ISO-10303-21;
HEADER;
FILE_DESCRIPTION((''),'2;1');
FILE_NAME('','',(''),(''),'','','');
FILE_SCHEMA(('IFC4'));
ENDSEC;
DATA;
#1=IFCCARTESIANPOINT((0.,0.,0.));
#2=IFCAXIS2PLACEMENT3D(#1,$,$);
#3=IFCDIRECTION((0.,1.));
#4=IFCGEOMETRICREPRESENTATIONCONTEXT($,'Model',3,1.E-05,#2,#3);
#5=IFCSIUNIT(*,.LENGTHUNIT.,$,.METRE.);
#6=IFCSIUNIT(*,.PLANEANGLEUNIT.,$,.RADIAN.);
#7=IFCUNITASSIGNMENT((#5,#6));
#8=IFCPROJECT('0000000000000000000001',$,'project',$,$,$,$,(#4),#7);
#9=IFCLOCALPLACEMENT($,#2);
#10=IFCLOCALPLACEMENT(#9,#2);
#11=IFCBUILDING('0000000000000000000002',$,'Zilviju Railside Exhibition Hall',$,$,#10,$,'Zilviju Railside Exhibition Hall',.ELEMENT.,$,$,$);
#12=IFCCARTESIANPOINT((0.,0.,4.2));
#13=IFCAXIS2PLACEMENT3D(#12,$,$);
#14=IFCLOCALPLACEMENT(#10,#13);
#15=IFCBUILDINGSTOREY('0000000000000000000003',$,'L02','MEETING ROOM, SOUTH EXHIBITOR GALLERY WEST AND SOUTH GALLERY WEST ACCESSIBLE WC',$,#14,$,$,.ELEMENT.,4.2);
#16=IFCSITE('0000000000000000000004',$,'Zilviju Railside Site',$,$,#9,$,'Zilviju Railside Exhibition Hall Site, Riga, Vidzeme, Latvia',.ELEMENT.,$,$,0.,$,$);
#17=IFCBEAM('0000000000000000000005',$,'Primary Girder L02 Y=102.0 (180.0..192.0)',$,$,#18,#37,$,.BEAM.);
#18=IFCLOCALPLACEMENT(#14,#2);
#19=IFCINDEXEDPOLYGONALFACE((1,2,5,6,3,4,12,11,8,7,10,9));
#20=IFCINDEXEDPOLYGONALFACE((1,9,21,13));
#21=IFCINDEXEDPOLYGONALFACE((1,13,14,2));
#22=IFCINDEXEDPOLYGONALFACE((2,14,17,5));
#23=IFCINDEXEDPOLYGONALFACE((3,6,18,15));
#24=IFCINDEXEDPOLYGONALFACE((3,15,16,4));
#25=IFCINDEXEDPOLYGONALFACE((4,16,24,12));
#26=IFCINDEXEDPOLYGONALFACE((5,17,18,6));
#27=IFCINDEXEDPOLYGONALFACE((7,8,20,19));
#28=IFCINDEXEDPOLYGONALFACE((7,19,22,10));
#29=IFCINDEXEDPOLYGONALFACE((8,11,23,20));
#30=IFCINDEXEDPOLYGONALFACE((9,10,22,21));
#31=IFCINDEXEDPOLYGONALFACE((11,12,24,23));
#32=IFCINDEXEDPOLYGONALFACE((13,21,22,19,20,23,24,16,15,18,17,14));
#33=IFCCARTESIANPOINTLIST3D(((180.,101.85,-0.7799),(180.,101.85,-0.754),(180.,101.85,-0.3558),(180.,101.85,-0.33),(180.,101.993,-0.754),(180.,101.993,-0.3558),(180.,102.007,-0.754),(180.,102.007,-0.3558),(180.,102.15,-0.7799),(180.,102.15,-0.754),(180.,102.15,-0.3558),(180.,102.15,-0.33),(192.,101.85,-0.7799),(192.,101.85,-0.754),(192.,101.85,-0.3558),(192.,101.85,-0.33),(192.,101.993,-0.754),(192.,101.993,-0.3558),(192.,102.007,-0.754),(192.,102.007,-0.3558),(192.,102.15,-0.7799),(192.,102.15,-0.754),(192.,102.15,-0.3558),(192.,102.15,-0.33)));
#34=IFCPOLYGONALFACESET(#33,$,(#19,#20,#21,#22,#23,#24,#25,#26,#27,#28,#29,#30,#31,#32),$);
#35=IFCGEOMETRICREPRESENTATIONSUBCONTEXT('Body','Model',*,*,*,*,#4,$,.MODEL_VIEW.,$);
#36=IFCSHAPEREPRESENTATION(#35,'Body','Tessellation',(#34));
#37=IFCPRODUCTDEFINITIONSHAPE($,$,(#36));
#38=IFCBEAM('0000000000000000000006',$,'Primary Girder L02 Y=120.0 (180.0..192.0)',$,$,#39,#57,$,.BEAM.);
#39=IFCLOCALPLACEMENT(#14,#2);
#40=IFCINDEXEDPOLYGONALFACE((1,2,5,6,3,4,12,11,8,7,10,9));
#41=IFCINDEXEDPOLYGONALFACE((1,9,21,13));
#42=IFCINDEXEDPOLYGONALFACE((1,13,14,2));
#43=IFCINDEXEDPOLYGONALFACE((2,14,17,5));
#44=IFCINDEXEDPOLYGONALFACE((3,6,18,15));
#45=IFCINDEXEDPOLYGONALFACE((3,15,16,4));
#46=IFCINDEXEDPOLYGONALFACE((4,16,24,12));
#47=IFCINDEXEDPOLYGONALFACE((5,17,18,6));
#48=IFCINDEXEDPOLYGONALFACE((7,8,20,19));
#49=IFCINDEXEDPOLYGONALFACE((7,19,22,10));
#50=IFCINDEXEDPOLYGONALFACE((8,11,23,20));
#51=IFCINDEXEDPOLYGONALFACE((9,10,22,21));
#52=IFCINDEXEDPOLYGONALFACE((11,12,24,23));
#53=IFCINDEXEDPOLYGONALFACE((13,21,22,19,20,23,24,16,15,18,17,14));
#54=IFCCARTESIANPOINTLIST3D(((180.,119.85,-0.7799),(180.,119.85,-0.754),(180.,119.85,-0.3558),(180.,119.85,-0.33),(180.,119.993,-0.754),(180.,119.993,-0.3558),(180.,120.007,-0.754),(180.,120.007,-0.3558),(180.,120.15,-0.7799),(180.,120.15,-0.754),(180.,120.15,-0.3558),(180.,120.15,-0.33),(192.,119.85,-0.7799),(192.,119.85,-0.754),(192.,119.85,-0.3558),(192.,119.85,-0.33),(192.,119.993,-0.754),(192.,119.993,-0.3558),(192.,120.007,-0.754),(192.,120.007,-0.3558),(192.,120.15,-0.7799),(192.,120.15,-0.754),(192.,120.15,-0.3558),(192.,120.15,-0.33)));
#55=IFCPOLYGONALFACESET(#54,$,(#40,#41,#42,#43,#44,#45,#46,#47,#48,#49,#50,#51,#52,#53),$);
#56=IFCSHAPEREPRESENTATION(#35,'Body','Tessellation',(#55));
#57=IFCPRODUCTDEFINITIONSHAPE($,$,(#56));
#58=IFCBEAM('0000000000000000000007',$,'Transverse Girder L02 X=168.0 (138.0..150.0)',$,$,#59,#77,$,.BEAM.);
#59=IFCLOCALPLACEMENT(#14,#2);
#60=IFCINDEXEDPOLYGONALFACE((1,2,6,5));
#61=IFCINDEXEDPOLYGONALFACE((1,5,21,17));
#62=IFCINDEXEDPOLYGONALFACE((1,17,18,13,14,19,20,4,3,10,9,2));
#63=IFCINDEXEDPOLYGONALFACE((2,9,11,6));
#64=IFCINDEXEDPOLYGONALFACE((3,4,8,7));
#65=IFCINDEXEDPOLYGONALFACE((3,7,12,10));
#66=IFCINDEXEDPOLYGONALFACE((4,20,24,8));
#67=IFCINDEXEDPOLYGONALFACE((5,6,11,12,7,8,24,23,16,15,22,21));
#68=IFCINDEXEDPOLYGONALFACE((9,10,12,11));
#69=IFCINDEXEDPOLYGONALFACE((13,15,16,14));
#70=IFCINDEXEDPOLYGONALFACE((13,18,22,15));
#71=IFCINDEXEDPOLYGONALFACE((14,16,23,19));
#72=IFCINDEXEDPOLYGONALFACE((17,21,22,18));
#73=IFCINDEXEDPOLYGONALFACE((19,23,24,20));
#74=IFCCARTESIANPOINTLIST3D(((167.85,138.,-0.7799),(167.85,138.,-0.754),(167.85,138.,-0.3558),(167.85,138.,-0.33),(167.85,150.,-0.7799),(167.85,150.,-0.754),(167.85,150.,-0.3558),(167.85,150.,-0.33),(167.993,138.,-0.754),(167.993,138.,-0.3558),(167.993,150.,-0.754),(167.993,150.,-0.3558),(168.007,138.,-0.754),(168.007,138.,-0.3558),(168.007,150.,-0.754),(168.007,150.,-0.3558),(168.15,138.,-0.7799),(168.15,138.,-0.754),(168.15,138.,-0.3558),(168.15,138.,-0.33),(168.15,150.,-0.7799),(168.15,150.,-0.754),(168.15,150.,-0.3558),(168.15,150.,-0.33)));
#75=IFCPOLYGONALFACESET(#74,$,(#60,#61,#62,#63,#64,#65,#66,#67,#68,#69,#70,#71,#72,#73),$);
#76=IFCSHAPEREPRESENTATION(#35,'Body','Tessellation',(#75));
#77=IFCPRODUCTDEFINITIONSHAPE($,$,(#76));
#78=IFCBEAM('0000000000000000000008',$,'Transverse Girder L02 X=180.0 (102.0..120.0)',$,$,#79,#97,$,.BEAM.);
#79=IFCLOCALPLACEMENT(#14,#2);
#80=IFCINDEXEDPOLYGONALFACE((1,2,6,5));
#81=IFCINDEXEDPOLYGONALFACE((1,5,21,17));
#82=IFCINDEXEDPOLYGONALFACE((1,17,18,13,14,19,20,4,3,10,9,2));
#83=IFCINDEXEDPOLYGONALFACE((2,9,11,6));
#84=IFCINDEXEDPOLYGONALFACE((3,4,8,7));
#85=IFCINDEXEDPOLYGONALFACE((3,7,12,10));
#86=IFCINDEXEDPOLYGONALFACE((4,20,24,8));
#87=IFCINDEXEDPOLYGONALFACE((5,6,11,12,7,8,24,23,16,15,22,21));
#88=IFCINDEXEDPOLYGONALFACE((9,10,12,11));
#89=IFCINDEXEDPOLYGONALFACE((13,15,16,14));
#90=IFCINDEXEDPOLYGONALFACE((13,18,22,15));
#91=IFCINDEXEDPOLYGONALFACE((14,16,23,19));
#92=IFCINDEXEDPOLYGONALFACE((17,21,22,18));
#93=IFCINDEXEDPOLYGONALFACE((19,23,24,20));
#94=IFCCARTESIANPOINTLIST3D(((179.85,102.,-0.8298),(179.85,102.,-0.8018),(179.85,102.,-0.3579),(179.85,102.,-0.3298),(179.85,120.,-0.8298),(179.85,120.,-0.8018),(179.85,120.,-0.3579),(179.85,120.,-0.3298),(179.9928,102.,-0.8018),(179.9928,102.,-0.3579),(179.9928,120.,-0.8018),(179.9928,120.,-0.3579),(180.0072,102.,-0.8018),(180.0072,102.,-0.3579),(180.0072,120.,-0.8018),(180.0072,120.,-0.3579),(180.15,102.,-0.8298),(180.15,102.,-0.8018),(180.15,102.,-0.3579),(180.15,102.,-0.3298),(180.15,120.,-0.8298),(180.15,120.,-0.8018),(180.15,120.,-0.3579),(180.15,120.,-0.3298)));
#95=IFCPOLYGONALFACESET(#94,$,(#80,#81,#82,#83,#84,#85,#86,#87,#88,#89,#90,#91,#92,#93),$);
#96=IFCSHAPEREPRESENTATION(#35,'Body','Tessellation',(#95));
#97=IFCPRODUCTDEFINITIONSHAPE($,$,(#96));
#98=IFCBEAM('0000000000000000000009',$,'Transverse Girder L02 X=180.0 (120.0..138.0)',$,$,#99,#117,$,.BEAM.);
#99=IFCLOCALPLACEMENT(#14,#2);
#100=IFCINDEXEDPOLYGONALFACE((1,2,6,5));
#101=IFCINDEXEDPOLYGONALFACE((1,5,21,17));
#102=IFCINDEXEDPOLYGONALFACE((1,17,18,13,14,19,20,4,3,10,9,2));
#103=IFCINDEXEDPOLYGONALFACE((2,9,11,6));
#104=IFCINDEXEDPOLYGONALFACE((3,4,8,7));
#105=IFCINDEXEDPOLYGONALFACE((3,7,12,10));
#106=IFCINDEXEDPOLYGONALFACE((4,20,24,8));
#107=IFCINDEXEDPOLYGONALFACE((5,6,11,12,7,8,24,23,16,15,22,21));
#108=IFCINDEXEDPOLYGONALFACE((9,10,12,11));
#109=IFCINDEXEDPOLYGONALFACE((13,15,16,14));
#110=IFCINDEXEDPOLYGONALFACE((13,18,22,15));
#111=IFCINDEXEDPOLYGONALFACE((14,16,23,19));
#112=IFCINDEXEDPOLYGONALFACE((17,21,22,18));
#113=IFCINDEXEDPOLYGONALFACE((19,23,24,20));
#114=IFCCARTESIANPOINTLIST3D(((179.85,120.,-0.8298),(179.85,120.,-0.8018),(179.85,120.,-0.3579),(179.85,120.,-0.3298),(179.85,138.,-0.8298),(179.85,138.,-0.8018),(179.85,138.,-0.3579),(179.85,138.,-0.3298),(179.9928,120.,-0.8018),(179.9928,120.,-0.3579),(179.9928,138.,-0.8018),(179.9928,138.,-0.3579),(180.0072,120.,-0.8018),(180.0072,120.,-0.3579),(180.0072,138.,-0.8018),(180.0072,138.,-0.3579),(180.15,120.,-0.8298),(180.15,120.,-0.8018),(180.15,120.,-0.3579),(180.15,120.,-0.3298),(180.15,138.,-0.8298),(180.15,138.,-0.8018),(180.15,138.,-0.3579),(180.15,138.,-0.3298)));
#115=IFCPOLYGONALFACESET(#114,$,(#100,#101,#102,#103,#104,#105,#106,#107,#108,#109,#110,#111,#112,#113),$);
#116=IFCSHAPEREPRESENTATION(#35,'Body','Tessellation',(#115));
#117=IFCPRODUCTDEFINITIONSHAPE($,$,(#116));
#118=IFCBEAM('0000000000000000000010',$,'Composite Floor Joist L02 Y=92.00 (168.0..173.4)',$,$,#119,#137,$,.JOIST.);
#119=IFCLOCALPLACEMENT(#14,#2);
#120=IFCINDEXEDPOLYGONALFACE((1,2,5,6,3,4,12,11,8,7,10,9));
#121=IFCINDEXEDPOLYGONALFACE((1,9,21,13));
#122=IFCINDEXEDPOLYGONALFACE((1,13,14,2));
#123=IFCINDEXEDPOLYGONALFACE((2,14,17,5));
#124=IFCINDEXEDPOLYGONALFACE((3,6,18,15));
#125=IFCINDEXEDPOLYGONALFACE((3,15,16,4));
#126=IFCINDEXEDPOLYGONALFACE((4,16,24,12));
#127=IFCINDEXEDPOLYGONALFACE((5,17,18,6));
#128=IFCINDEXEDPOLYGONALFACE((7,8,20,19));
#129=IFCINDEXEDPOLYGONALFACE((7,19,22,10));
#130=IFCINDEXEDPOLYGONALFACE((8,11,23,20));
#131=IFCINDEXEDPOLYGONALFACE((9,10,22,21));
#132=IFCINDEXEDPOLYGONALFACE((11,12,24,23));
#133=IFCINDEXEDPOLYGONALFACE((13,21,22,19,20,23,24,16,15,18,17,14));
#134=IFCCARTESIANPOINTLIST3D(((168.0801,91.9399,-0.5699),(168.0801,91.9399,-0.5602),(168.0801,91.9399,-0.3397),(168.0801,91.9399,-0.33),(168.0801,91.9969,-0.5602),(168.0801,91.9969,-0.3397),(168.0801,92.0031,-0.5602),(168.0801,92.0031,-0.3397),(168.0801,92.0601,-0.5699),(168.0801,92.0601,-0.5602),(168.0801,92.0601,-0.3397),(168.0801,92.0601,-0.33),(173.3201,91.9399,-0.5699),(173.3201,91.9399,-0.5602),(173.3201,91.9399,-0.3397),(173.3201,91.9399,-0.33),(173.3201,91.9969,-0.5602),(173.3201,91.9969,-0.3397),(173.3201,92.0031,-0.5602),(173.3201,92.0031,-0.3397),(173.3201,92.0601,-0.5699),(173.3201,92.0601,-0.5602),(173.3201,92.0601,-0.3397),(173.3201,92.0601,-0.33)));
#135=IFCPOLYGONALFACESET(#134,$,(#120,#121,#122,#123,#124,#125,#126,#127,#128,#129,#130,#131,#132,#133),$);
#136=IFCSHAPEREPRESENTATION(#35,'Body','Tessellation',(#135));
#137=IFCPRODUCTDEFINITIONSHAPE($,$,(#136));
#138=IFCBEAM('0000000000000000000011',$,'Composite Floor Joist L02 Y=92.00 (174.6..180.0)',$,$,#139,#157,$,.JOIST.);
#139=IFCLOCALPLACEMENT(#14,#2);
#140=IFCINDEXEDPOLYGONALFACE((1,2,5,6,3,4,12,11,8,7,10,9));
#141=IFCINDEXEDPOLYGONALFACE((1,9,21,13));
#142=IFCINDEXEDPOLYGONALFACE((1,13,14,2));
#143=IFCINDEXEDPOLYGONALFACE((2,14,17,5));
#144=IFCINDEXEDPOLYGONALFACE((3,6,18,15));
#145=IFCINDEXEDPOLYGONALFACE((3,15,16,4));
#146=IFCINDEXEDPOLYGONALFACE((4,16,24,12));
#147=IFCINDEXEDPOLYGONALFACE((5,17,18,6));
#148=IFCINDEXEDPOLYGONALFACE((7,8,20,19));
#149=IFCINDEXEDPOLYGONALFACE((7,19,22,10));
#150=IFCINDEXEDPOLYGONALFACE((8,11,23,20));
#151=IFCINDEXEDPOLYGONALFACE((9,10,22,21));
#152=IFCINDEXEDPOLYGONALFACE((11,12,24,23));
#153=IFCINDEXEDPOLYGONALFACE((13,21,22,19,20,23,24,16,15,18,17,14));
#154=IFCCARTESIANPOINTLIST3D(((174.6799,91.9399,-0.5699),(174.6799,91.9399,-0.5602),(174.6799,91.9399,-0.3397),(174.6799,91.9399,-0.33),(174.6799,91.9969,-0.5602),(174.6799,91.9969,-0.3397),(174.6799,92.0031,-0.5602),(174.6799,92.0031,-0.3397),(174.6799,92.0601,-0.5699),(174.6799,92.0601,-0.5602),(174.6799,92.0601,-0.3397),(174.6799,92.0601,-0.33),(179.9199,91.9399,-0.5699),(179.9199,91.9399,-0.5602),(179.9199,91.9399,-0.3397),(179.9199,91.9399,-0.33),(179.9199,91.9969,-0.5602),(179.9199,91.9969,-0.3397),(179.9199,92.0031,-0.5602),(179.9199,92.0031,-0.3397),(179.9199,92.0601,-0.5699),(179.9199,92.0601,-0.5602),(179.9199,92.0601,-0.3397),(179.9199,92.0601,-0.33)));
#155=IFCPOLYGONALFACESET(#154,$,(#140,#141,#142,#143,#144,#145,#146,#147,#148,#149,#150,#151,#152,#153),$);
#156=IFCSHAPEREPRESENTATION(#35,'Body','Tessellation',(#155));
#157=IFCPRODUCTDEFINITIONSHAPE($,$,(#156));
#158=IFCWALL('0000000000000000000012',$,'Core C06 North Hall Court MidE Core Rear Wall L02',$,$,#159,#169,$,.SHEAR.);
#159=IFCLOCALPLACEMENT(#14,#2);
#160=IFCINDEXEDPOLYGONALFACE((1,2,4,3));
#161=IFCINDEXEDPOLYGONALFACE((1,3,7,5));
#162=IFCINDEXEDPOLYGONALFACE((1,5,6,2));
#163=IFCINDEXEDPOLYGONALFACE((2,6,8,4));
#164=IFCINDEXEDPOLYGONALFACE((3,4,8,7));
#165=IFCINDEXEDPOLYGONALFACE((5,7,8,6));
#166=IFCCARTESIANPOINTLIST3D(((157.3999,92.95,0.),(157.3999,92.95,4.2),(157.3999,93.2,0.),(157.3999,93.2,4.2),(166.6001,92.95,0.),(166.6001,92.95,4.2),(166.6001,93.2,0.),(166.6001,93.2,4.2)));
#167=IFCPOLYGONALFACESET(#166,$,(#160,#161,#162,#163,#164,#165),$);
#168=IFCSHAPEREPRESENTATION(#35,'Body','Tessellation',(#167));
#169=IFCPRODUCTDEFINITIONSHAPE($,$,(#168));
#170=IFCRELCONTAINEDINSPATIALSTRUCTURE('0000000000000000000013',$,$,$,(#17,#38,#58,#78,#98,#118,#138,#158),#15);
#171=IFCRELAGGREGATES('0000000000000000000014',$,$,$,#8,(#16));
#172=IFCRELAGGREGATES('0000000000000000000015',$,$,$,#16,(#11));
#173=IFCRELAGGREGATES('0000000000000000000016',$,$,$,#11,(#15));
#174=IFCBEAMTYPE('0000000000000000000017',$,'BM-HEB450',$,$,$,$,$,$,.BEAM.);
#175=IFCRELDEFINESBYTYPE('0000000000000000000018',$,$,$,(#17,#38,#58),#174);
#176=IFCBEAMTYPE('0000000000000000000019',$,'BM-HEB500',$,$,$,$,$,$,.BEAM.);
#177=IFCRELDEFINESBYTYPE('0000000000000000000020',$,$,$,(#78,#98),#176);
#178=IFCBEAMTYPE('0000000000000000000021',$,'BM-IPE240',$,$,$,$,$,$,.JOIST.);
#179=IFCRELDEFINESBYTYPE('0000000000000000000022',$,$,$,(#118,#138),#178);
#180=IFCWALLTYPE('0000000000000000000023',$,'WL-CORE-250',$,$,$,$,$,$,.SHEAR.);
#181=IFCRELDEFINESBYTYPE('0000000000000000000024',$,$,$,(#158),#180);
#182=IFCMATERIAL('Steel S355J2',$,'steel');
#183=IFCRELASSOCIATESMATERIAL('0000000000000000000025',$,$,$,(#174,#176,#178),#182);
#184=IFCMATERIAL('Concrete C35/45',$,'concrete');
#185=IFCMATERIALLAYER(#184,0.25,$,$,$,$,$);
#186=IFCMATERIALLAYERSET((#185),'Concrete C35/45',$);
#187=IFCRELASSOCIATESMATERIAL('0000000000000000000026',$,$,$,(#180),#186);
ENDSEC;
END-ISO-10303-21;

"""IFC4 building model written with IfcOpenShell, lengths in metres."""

from ifc_helpers import new_model, si_unit, direction, frame, frame_2d, origin, origin_2d, place, context, subcontext, project, spatial, rectangle, i_section, extrude, material, layer, layer_set, material_profile, profile_set, type_object, element, save


model = new_model("IFC4")

# Units and contexts
model_context = context("Model", 3, precision=1e-05, world=origin(), true_north=direction((0.0, 1.0)))
body_context = subcontext(model_context, "Body", "Model", "MODEL_VIEW")
ifc_project = project(units=[si_unit("LENGTHUNIT", "METRE"), si_unit("PLANEANGLEUNIT", "RADIAN")], contexts=[model_context])

# Site, building, storey
site_placement = place(None, origin())
site = spatial("IfcSite", under=ifc_project, at=site_placement, Name="Zilviju Railside Site", LongName="Zilviju Railside Exhibition Hall Site, Riga, Vidzeme, Latvia", CompositionType="ELEMENT", RefElevation=0.0)
building_placement = place(site_placement, origin())
building = spatial("IfcBuilding", under=site, at=building_placement, Name="Zilviju Railside Exhibition Hall", LongName="Zilviju Railside Exhibition Hall", CompositionType="ELEMENT")
storey_placement = place(building_placement, frame((0.0, 0.0, 4.2)))
storey = spatial("IfcBuildingStorey", under=building, at=storey_placement, Name="L02", Description="MEETING ROOM, SOUTH EXHIBITOR GALLERY WEST AND SOUTH GALLERY WEST ACCESSIBLE WC", CompositionType="ELEMENT", Elevation=4.2)

# Shared definitions
ifc_material_1 = material(Name="Concrete C35/45", Category="concrete")

# Beams
ifc_material_2 = material(Name="Steel S355J2", Category="steel")
ifc_material_profile_1 = material_profile(ifc_material_2, i_section(OverallWidth=0.3, OverallDepth=0.45, WebThickness=0.0139, FlangeThickness=0.0259, at=origin_2d()), Name="HEB 450")
ifc_profile_set_1 = profile_set([ifc_material_profile_1], Name="Steel S355J2")
beam_type_1 = type_object("IfcBeamType", Name="BM-HEB450", PredefinedType="BEAM", material=ifc_profile_set_1)
for number, where, z_axis, x_axis, name in (
    (1, (180.0, 102.0, -0.5549), (1.0, 0.0, 0.0), (0.0, 1.0, 0.0), "Primary Girder L02 Y=102.0 (180.0..192.0)"),
    (2, (180.0, 120.0, -0.5549), (1.0, 0.0, 0.0), (0.0, 1.0, 0.0), "Primary Girder L02 Y=120.0 (180.0..192.0)"),
    (3, (168.0, 138.0, -0.5549), (0.0, 1.0, 0.0), (-1.0, 0.0, 0.0), "Transverse Girder L02 X=168.0 (138.0..150.0)"),
):
    element("IfcBeam", number, at=place(storey_placement, frame(where, z_axis=z_axis, x_axis=x_axis)), inside=storey, type_object=beam_type_1, Name=name, PredefinedType="BEAM", context=body_context, shape_type="SweptSolid", body=[
        extrude(i_section(OverallWidth=0.3, OverallDepth=0.45, WebThickness=0.0139, FlangeThickness=0.0259, at=origin_2d()), origin(), (0.0, 0.0, 1.0), 12.0),
    ])
ifc_material_profile_2 = material_profile(ifc_material_2, i_section(OverallWidth=0.3, OverallDepth=0.5, WebThickness=0.0144, FlangeThickness=0.0281, at=origin_2d()), Name="HEB 500")
ifc_profile_set_2 = profile_set([ifc_material_profile_2], Name="Steel S355J2")
beam_type_2 = type_object("IfcBeamType", Name="BM-HEB500", PredefinedType="BEAM", material=ifc_profile_set_2)
for number, where, z_axis, x_axis, name in (
    (4, (180.0, 102.0, -0.5798), (0.0, 1.0, 0.0), (-1.0, 0.0, 0.0), "Transverse Girder L02 X=180.0 (102.0..120.0)"),
    (5, (180.0, 120.0, -0.5798), (0.0, 1.0, 0.0), (-1.0, 0.0, 0.0), "Transverse Girder L02 X=180.0 (120.0..138.0)"),
):
    element("IfcBeam", number, at=place(storey_placement, frame(where, z_axis=z_axis, x_axis=x_axis)), inside=storey, type_object=beam_type_2, Name=name, PredefinedType="BEAM", context=body_context, shape_type="SweptSolid", body=[
        extrude(i_section(OverallWidth=0.3, OverallDepth=0.5, WebThickness=0.0144, FlangeThickness=0.0281, at=origin_2d()), origin(), (0.0, 0.0, 1.0), 18.0),
    ])
ifc_material_profile_3 = material_profile(ifc_material_2, i_section(OverallWidth=0.1201, OverallDepth=0.24, WebThickness=0.0061, FlangeThickness=0.0098, at=origin_2d()), Name="IPE 240")
ifc_profile_set_3 = profile_set([ifc_material_profile_3], Name="Steel S355J2")
beam_type_3 = type_object("IfcBeamType", Name="BM-IPE240", PredefinedType="JOIST", material=ifc_profile_set_3)
for number, where, z_axis, x_axis, name in (
    (6, (168.0801, 92.0, -0.45), (1.0, 0.0, 0.0), (0.0, 1.0, 0.0), "Composite Floor Joist L02 Y=92.00 (168.0..173.4)"),
    (7, (174.6799, 92.0, -0.45), (1.0, 0.0, 0.0), (0.0, 1.0, 0.0), "Composite Floor Joist L02 Y=92.00 (174.6..180.0)"),
):
    element("IfcBeam", number, at=place(storey_placement, frame(where, z_axis=z_axis, x_axis=x_axis)), inside=storey, type_object=beam_type_3, Name=name, PredefinedType="JOIST", context=body_context, shape_type="SweptSolid", body=[
        extrude(i_section(OverallWidth=0.1201, OverallDepth=0.24, WebThickness=0.0061, FlangeThickness=0.0098, at=origin_2d()), origin(), (0.0, 0.0, 1.0), 5.24),
    ])

# Wall
ifc_layer = layer(ifc_material_1, 0.25)
ifc_layer_set = layer_set([ifc_layer], Name="Concrete C35/45")
wall_type = type_object("IfcWallType", Name="WL-CORE-250", PredefinedType="SHEAR", material=ifc_layer_set)
wall_placement = place(storey_placement, frame((157.3999, 93.075, 0.0), z_axis=(0.0, 0.0, 1.0), x_axis=(1.0, 0.0, 0.0)))
element("IfcWall", 8, at=wall_placement, inside=storey, type_object=wall_type, Name="Core C06 North Hall Court MidE Core Rear Wall L02", PredefinedType="SHEAR", context=body_context, shape_type="SweptSolid", body=[
    extrude(rectangle(XDim=9.2002, YDim=0.25, at=frame_2d((4.6001, 0.0))), origin(), (0.0, 0.0, 1.0), 4.2),
])

save(model, "model.ifc")
